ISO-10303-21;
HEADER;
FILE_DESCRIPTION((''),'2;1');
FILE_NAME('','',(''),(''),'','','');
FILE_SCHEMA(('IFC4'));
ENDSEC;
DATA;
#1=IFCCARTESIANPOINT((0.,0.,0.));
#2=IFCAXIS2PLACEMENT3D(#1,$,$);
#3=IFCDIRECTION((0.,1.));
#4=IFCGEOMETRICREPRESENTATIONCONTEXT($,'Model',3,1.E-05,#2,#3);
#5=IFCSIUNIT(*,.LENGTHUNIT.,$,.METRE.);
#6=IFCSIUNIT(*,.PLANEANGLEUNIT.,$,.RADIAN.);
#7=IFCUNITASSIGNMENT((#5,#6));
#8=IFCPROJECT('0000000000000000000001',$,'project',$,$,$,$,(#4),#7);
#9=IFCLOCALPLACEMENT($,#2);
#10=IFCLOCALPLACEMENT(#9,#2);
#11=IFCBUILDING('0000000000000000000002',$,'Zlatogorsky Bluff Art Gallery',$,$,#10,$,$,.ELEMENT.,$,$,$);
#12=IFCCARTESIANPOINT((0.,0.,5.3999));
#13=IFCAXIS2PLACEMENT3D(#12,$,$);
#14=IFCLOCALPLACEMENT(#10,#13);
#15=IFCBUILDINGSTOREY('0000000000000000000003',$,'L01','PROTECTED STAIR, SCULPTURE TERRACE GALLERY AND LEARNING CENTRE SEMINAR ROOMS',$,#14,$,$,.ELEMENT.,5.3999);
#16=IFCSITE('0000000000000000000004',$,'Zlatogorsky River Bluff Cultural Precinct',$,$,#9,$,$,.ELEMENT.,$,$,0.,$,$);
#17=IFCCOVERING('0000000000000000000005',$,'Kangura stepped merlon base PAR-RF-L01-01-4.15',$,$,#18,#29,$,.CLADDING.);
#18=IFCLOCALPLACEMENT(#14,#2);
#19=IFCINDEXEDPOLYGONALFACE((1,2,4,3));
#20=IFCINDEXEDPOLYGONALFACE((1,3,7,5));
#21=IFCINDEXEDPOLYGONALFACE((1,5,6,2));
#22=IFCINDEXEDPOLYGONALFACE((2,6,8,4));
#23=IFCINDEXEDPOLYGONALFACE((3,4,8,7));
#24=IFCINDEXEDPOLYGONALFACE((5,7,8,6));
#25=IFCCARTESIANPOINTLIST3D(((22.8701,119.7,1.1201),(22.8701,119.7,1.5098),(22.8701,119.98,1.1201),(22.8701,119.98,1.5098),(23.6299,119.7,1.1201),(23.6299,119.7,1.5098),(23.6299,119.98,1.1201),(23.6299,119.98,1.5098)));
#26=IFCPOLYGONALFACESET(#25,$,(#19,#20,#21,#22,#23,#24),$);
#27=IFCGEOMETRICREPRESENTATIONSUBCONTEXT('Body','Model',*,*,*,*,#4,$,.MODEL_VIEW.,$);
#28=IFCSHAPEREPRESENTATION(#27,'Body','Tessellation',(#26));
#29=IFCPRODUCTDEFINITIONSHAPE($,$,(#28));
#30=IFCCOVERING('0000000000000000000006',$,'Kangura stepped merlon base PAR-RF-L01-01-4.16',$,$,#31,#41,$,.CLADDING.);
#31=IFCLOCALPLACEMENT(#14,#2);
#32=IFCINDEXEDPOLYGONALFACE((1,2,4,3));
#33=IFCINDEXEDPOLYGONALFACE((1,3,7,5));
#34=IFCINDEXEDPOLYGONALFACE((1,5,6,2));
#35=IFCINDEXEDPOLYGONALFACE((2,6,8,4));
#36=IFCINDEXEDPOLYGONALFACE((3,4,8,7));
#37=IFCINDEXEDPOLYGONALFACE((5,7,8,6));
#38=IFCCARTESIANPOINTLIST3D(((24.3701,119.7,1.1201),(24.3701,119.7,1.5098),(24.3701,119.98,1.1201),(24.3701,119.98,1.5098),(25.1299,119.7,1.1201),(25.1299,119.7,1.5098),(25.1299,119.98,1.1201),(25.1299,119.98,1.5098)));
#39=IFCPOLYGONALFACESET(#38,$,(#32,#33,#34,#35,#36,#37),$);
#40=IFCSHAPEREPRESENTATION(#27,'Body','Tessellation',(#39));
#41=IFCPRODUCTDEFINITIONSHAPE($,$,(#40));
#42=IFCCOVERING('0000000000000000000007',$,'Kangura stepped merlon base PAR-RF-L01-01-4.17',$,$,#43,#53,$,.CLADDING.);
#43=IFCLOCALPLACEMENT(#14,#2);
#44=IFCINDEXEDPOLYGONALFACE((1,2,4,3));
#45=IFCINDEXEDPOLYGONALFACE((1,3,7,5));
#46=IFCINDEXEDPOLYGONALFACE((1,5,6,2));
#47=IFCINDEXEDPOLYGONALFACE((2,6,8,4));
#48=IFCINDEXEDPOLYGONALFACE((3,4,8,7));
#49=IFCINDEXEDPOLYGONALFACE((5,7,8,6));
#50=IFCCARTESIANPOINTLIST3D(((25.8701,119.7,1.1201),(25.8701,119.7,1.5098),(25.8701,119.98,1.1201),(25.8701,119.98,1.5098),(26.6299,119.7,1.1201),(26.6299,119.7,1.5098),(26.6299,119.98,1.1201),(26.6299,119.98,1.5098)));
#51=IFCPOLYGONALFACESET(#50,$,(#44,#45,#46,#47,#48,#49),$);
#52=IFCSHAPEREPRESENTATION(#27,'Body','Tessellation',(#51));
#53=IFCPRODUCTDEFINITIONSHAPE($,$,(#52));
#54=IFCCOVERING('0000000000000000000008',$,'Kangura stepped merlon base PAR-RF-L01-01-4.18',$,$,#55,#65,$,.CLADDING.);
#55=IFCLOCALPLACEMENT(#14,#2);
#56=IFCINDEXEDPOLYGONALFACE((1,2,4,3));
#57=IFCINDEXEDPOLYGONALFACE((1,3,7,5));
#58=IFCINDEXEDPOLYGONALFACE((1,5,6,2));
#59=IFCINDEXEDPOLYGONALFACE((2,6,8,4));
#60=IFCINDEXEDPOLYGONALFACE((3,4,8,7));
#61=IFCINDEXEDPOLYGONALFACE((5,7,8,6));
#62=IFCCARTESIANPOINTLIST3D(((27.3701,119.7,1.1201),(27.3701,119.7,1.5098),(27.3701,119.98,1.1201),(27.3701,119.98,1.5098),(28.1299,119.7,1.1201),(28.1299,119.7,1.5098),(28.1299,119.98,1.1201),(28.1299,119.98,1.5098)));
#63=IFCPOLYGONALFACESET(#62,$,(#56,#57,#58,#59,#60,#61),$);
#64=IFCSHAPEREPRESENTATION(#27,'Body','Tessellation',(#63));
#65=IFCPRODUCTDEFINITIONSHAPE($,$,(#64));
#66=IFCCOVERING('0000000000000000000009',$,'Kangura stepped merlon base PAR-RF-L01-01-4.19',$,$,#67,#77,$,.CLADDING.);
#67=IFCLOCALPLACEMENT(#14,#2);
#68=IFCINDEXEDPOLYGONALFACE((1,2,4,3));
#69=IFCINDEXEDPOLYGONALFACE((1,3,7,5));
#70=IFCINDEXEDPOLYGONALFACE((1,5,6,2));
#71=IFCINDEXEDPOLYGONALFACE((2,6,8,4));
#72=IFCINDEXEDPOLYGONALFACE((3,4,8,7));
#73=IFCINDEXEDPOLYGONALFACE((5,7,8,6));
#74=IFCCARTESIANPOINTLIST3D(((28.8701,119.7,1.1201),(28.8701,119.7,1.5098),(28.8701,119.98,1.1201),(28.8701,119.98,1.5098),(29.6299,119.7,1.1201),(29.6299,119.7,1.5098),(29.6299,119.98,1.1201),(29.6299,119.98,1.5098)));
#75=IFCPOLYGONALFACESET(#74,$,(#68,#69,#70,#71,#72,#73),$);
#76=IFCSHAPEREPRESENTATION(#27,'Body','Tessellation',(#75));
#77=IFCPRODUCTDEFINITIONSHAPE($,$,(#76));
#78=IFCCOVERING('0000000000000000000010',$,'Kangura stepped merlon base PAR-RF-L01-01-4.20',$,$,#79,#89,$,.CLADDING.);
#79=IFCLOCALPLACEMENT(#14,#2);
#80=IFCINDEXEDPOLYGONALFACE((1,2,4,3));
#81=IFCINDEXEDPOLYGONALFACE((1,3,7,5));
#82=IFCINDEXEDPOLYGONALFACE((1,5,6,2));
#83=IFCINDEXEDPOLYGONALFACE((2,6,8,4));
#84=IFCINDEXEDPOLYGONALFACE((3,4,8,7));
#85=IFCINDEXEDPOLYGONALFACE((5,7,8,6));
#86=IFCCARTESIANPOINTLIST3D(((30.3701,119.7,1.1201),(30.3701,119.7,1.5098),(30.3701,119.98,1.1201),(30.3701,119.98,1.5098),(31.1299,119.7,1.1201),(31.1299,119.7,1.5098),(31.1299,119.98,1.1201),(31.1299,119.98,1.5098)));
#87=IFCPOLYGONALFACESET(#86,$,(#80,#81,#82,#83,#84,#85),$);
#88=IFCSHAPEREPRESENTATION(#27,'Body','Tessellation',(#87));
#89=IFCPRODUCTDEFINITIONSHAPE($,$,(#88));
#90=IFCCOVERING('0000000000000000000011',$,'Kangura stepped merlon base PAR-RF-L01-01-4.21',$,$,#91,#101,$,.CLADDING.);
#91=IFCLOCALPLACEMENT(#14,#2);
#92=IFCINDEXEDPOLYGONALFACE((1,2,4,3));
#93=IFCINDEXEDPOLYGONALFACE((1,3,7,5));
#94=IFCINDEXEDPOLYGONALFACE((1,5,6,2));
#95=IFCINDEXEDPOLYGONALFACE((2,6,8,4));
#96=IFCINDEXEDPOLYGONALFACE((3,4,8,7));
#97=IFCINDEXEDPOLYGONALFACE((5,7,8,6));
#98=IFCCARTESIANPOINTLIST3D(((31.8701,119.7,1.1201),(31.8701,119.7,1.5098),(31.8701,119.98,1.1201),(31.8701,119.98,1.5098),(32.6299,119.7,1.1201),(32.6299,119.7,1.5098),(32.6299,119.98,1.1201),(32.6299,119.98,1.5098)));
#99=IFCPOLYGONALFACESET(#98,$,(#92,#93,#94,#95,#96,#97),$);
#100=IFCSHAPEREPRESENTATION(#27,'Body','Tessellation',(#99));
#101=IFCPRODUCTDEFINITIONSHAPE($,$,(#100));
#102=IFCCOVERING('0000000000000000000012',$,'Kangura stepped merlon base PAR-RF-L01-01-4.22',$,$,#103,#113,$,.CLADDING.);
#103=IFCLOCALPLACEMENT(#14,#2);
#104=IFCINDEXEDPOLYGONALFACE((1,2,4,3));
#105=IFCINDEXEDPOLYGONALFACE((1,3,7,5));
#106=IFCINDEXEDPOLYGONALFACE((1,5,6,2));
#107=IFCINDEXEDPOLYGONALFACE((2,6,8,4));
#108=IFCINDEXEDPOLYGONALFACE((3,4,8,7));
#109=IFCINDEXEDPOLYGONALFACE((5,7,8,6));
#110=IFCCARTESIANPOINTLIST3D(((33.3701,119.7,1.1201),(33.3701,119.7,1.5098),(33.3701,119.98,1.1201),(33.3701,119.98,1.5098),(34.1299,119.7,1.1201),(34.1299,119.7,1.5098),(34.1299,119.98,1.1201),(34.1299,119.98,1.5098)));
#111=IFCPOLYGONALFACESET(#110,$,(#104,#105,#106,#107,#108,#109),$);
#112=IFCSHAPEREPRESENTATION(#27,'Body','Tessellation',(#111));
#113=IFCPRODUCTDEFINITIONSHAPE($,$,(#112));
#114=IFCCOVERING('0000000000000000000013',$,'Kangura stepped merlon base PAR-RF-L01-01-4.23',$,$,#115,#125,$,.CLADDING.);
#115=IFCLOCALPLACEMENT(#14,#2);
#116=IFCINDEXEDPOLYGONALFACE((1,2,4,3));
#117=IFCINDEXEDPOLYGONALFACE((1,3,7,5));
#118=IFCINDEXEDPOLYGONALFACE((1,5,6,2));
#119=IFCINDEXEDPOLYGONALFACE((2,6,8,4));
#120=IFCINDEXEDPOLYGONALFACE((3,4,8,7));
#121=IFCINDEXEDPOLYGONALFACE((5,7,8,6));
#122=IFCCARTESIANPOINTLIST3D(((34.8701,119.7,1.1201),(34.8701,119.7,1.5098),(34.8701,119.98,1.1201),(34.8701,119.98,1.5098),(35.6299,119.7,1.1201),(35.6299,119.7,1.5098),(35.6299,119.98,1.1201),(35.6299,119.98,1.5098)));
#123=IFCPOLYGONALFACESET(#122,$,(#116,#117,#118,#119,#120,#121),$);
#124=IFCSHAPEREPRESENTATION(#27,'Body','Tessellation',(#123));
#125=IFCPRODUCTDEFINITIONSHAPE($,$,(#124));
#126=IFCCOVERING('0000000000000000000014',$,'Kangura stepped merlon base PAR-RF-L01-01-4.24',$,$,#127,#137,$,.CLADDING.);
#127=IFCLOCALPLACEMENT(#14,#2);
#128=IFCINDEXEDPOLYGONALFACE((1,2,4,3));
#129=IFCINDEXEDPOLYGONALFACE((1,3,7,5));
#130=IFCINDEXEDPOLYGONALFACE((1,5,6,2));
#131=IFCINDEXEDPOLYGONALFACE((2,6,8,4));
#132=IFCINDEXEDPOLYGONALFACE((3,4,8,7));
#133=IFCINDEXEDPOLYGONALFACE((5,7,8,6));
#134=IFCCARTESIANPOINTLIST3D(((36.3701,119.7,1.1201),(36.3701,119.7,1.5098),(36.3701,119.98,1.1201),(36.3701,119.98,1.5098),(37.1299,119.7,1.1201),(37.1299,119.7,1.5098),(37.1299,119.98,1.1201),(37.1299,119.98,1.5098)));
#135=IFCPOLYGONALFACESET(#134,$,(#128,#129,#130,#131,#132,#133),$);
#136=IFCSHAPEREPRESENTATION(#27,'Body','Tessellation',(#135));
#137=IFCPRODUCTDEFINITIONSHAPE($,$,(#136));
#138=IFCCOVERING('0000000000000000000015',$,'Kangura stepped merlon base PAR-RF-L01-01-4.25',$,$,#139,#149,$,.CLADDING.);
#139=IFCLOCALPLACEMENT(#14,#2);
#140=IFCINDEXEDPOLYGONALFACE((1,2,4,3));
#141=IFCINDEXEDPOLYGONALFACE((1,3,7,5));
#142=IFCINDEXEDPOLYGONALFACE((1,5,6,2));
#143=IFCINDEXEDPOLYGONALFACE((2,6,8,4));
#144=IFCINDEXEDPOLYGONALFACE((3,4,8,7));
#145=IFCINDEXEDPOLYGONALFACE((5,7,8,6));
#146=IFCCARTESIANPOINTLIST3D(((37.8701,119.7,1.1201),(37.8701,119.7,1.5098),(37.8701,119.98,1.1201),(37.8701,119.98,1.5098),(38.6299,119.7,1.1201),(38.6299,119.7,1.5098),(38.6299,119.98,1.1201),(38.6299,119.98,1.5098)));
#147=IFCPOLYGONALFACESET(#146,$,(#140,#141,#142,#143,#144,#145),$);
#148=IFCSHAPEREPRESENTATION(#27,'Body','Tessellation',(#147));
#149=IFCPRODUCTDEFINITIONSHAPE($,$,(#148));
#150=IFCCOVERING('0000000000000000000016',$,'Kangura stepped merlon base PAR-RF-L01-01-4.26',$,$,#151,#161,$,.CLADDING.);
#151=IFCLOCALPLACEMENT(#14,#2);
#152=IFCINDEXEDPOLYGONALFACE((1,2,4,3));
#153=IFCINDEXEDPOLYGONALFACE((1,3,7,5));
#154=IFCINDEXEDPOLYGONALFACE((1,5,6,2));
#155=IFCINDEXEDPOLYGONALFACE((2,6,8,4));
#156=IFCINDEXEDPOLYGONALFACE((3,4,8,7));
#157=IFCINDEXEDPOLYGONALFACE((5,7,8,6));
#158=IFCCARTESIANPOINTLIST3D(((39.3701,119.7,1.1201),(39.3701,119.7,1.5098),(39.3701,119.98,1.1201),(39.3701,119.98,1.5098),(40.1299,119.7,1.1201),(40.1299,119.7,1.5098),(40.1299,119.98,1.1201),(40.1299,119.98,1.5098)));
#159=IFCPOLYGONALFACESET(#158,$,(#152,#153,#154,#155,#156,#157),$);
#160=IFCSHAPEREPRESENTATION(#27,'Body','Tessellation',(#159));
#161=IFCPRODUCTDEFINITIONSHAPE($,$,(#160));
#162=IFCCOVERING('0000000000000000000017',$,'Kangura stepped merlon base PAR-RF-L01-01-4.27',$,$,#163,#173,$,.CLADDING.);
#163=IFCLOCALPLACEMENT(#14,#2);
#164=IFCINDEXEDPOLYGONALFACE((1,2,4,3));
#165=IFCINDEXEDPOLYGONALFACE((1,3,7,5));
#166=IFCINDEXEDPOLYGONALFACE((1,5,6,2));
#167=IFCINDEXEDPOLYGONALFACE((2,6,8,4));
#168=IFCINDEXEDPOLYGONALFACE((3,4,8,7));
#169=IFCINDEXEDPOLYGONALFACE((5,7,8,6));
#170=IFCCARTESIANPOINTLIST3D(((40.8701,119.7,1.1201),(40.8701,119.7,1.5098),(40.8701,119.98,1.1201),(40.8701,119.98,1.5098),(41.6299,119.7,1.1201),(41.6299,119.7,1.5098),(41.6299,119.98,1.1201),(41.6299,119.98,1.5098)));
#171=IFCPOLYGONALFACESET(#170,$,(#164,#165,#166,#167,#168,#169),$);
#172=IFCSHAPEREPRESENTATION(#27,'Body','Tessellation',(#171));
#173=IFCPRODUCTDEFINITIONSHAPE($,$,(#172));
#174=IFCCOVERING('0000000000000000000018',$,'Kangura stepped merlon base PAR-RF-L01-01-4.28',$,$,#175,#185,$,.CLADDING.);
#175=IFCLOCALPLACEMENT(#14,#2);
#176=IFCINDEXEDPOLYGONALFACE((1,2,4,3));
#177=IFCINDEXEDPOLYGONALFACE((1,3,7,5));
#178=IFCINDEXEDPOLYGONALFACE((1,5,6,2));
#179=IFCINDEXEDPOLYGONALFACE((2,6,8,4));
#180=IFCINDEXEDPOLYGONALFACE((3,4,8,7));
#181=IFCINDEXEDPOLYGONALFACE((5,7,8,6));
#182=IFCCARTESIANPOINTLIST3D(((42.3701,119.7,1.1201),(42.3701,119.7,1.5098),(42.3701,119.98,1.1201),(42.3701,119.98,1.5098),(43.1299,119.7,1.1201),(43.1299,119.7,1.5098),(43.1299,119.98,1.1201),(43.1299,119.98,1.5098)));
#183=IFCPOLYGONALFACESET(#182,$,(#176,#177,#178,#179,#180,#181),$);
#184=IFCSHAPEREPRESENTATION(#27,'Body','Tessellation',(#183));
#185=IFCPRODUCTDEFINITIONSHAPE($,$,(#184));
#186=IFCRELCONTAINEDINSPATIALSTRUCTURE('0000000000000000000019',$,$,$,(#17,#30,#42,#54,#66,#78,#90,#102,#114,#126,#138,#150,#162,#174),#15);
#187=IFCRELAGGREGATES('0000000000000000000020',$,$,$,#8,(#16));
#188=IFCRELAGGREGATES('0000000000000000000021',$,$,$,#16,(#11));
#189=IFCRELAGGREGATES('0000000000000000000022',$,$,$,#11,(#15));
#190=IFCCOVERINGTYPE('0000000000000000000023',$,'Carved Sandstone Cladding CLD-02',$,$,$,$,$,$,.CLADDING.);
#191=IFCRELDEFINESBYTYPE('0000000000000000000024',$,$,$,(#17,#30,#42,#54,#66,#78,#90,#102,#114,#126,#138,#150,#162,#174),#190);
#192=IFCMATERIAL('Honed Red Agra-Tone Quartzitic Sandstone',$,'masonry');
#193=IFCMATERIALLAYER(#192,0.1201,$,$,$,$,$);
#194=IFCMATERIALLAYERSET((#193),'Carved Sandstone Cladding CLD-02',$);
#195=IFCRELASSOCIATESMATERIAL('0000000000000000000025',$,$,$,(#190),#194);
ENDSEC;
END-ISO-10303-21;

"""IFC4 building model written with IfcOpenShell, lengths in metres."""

from ifc_helpers import new_model, si_unit, direction, frame, origin, place, context, subcontext, project, spatial, polyline, outline, extrude, material, layer, layer_set, type_object, element, save


model = new_model("IFC4")

# Units and contexts
model_context = context("Model", 3, precision=1e-05, world=origin(), true_north=direction((0.0, 1.0)))
body_context = subcontext(model_context, "Body", "Model", "MODEL_VIEW")
ifc_project = project(units=[si_unit("LENGTHUNIT", "METRE"), si_unit("PLANEANGLEUNIT", "RADIAN")], contexts=[model_context])

# Site, building, storey
site_placement = place(None, origin())
site = spatial("IfcSite", under=ifc_project, at=site_placement, Name="Zlatogorsky River Bluff Cultural Precinct", CompositionType="ELEMENT", RefElevation=0.0)
building_placement = place(site_placement, origin())
building = spatial("IfcBuilding", under=site, at=building_placement, Name="Zlatogorsky Bluff Art Gallery", CompositionType="ELEMENT")
storey_placement = place(building_placement, frame((0.0, 0.0, 5.3999)))
storey = spatial("IfcBuildingStorey", under=building, at=storey_placement, Name="L01", Description="PROTECTED STAIR, SCULPTURE TERRACE GALLERY AND LEARNING CENTRE SEMINAR ROOMS", CompositionType="ELEMENT", Elevation=5.3999)

# Coverings
ifc_material = material(Name="Honed Red Agra-Tone Quartzitic Sandstone", Category="masonry")
ifc_layer = layer(ifc_material, 0.1201)
ifc_layer_set = layer_set([ifc_layer], Name="Carved Sandstone Cladding CLD-02")
covering_type = type_object("IfcCoveringType", Name="Carved Sandstone Cladding CLD-02", PredefinedType="CLADDING", material=ifc_layer_set)
covering_1_placement = place(storey_placement, frame((0.0, 0.0, 1.1201)))
element("IfcCovering", 1, at=covering_1_placement, inside=storey, type_object=covering_type, Name="Kangura stepped merlon base PAR-RF-L01-01-4.15", PredefinedType="CLADDING", context=body_context, shape_type="SweptSolid", body=[
    extrude(outline(polyline([(22.8701, 119.7), (23.6299, 119.7), (23.6299, 119.98), (22.8701, 119.98), (22.8701, 119.7)])), origin(), (0.0, 0.0, 1.0), 0.3896),
])
covering_2_placement = place(storey_placement, frame((0.0, 0.0, 1.1201)))
element("IfcCovering", 2, at=covering_2_placement, inside=storey, type_object=covering_type, Name="Kangura stepped merlon base PAR-RF-L01-01-4.16", PredefinedType="CLADDING", context=body_context, shape_type="SweptSolid", body=[
    extrude(outline(polyline([(24.3701, 119.7), (25.1299, 119.7), (25.1299, 119.98), (24.3701, 119.98), (24.3701, 119.7)])), origin(), (0.0, 0.0, 1.0), 0.3896),
])
covering_3_placement = place(storey_placement, frame((0.0, 0.0, 1.1201)))
element("IfcCovering", 3, at=covering_3_placement, inside=storey, type_object=covering_type, Name="Kangura stepped merlon base PAR-RF-L01-01-4.17", PredefinedType="CLADDING", context=body_context, shape_type="SweptSolid", body=[
    extrude(outline(polyline([(25.8701, 119.7), (26.6299, 119.7), (26.6299, 119.98), (25.8701, 119.98), (25.8701, 119.7)])), origin(), (0.0, 0.0, 1.0), 0.3896),
])
covering_4_placement = place(storey_placement, frame((0.0, 0.0, 1.1201)))
element("IfcCovering", 4, at=covering_4_placement, inside=storey, type_object=covering_type, Name="Kangura stepped merlon base PAR-RF-L01-01-4.18", PredefinedType="CLADDING", context=body_context, shape_type="SweptSolid", body=[
    extrude(outline(polyline([(27.3701, 119.7), (28.1299, 119.7), (28.1299, 119.98), (27.3701, 119.98), (27.3701, 119.7)])), origin(), (0.0, 0.0, 1.0), 0.3896),
])
covering_5_placement = place(storey_placement, frame((0.0, 0.0, 1.1201)))
element("IfcCovering", 5, at=covering_5_placement, inside=storey, type_object=covering_type, Name="Kangura stepped merlon base PAR-RF-L01-01-4.19", PredefinedType="CLADDING", context=body_context, shape_type="SweptSolid", body=[
    extrude(outline(polyline([(28.8701, 119.7), (29.6299, 119.7), (29.6299, 119.98), (28.8701, 119.98), (28.8701, 119.7)])), origin(), (0.0, 0.0, 1.0), 0.3896),
])
covering_6_placement = place(storey_placement, frame((0.0, 0.0, 1.1201)))
element("IfcCovering", 6, at=covering_6_placement, inside=storey, type_object=covering_type, Name="Kangura stepped merlon base PAR-RF-L01-01-4.20", PredefinedType="CLADDING", context=body_context, shape_type="SweptSolid", body=[
    extrude(outline(polyline([(30.3701, 119.7), (31.1299, 119.7), (31.1299, 119.98), (30.3701, 119.98), (30.3701, 119.7)])), origin(), (0.0, 0.0, 1.0), 0.3896),
])
covering_7_placement = place(storey_placement, frame((0.0, 0.0, 1.1201)))
element("IfcCovering", 7, at=covering_7_placement, inside=storey, type_object=covering_type, Name="Kangura stepped merlon base PAR-RF-L01-01-4.21", PredefinedType="CLADDING", context=body_context, shape_type="SweptSolid", body=[
    extrude(outline(polyline([(31.8701, 119.7), (32.6299, 119.7), (32.6299, 119.98), (31.8701, 119.98), (31.8701, 119.7)])), origin(), (0.0, 0.0, 1.0), 0.3896),
])
covering_8_placement = place(storey_placement, frame((0.0, 0.0, 1.1201)))
element("IfcCovering", 8, at=covering_8_placement, inside=storey, type_object=covering_type, Name="Kangura stepped merlon base PAR-RF-L01-01-4.22", PredefinedType="CLADDING", context=body_context, shape_type="SweptSolid", body=[
    extrude(outline(polyline([(33.3701, 119.7), (34.1299, 119.7), (34.1299, 119.98), (33.3701, 119.98), (33.3701, 119.7)])), origin(), (0.0, 0.0, 1.0), 0.3896),
])
covering_9_placement = place(storey_placement, frame((0.0, 0.0, 1.1201)))
element("IfcCovering", 9, at=covering_9_placement, inside=storey, type_object=covering_type, Name="Kangura stepped merlon base PAR-RF-L01-01-4.23", PredefinedType="CLADDING", context=body_context, shape_type="SweptSolid", body=[
    extrude(outline(polyline([(34.8701, 119.7), (35.6299, 119.7), (35.6299, 119.98), (34.8701, 119.98), (34.8701, 119.7)])), origin(), (0.0, 0.0, 1.0), 0.3896),
])
covering_10_placement = place(storey_placement, frame((0.0, 0.0, 1.1201)))
element("IfcCovering", 10, at=covering_10_placement, inside=storey, type_object=covering_type, Name="Kangura stepped merlon base PAR-RF-L01-01-4.24", PredefinedType="CLADDING", context=body_context, shape_type="SweptSolid", body=[
    extrude(outline(polyline([(36.3701, 119.7), (37.1299, 119.7), (37.1299, 119.98), (36.3701, 119.98), (36.3701, 119.7)])), origin(), (0.0, 0.0, 1.0), 0.3896),
])
covering_11_placement = place(storey_placement, frame((0.0, 0.0, 1.1201)))
element("IfcCovering", 11, at=covering_11_placement, inside=storey, type_object=covering_type, Name="Kangura stepped merlon base PAR-RF-L01-01-4.25", PredefinedType="CLADDING", context=body_context, shape_type="SweptSolid", body=[
    extrude(outline(polyline([(37.8701, 119.7), (38.6299, 119.7), (38.6299, 119.98), (37.8701, 119.98), (37.8701, 119.7)])), origin(), (0.0, 0.0, 1.0), 0.3896),
])
covering_12_placement = place(storey_placement, frame((0.0, 0.0, 1.1201)))
element("IfcCovering", 12, at=covering_12_placement, inside=storey, type_object=covering_type, Name="Kangura stepped merlon base PAR-RF-L01-01-4.26", PredefinedType="CLADDING", context=body_context, shape_type="SweptSolid", body=[
    extrude(outline(polyline([(39.3701, 119.7), (40.1299, 119.7), (40.1299, 119.98), (39.3701, 119.98), (39.3701, 119.7)])), origin(), (0.0, 0.0, 1.0), 0.3896),
])
covering_13_placement = place(storey_placement, frame((0.0, 0.0, 1.1201)))
element("IfcCovering", 13, at=covering_13_placement, inside=storey, type_object=covering_type, Name="Kangura stepped merlon base PAR-RF-L01-01-4.27", PredefinedType="CLADDING", context=body_context, shape_type="SweptSolid", body=[
    extrude(outline(polyline([(40.8701, 119.7), (41.6299, 119.7), (41.6299, 119.98), (40.8701, 119.98), (40.8701, 119.7)])), origin(), (0.0, 0.0, 1.0), 0.3896),
])
covering_14_placement = place(storey_placement, frame((0.0, 0.0, 1.1201)))
element("IfcCovering", 14, at=covering_14_placement, inside=storey, type_object=covering_type, Name="Kangura stepped merlon base PAR-RF-L01-01-4.28", PredefinedType="CLADDING", context=body_context, shape_type="SweptSolid", body=[
    extrude(outline(polyline([(42.3701, 119.7), (43.1299, 119.7), (43.1299, 119.98), (42.3701, 119.98), (42.3701, 119.7)])), origin(), (0.0, 0.0, 1.0), 0.3896),
])

save(model, "model.ifc")
